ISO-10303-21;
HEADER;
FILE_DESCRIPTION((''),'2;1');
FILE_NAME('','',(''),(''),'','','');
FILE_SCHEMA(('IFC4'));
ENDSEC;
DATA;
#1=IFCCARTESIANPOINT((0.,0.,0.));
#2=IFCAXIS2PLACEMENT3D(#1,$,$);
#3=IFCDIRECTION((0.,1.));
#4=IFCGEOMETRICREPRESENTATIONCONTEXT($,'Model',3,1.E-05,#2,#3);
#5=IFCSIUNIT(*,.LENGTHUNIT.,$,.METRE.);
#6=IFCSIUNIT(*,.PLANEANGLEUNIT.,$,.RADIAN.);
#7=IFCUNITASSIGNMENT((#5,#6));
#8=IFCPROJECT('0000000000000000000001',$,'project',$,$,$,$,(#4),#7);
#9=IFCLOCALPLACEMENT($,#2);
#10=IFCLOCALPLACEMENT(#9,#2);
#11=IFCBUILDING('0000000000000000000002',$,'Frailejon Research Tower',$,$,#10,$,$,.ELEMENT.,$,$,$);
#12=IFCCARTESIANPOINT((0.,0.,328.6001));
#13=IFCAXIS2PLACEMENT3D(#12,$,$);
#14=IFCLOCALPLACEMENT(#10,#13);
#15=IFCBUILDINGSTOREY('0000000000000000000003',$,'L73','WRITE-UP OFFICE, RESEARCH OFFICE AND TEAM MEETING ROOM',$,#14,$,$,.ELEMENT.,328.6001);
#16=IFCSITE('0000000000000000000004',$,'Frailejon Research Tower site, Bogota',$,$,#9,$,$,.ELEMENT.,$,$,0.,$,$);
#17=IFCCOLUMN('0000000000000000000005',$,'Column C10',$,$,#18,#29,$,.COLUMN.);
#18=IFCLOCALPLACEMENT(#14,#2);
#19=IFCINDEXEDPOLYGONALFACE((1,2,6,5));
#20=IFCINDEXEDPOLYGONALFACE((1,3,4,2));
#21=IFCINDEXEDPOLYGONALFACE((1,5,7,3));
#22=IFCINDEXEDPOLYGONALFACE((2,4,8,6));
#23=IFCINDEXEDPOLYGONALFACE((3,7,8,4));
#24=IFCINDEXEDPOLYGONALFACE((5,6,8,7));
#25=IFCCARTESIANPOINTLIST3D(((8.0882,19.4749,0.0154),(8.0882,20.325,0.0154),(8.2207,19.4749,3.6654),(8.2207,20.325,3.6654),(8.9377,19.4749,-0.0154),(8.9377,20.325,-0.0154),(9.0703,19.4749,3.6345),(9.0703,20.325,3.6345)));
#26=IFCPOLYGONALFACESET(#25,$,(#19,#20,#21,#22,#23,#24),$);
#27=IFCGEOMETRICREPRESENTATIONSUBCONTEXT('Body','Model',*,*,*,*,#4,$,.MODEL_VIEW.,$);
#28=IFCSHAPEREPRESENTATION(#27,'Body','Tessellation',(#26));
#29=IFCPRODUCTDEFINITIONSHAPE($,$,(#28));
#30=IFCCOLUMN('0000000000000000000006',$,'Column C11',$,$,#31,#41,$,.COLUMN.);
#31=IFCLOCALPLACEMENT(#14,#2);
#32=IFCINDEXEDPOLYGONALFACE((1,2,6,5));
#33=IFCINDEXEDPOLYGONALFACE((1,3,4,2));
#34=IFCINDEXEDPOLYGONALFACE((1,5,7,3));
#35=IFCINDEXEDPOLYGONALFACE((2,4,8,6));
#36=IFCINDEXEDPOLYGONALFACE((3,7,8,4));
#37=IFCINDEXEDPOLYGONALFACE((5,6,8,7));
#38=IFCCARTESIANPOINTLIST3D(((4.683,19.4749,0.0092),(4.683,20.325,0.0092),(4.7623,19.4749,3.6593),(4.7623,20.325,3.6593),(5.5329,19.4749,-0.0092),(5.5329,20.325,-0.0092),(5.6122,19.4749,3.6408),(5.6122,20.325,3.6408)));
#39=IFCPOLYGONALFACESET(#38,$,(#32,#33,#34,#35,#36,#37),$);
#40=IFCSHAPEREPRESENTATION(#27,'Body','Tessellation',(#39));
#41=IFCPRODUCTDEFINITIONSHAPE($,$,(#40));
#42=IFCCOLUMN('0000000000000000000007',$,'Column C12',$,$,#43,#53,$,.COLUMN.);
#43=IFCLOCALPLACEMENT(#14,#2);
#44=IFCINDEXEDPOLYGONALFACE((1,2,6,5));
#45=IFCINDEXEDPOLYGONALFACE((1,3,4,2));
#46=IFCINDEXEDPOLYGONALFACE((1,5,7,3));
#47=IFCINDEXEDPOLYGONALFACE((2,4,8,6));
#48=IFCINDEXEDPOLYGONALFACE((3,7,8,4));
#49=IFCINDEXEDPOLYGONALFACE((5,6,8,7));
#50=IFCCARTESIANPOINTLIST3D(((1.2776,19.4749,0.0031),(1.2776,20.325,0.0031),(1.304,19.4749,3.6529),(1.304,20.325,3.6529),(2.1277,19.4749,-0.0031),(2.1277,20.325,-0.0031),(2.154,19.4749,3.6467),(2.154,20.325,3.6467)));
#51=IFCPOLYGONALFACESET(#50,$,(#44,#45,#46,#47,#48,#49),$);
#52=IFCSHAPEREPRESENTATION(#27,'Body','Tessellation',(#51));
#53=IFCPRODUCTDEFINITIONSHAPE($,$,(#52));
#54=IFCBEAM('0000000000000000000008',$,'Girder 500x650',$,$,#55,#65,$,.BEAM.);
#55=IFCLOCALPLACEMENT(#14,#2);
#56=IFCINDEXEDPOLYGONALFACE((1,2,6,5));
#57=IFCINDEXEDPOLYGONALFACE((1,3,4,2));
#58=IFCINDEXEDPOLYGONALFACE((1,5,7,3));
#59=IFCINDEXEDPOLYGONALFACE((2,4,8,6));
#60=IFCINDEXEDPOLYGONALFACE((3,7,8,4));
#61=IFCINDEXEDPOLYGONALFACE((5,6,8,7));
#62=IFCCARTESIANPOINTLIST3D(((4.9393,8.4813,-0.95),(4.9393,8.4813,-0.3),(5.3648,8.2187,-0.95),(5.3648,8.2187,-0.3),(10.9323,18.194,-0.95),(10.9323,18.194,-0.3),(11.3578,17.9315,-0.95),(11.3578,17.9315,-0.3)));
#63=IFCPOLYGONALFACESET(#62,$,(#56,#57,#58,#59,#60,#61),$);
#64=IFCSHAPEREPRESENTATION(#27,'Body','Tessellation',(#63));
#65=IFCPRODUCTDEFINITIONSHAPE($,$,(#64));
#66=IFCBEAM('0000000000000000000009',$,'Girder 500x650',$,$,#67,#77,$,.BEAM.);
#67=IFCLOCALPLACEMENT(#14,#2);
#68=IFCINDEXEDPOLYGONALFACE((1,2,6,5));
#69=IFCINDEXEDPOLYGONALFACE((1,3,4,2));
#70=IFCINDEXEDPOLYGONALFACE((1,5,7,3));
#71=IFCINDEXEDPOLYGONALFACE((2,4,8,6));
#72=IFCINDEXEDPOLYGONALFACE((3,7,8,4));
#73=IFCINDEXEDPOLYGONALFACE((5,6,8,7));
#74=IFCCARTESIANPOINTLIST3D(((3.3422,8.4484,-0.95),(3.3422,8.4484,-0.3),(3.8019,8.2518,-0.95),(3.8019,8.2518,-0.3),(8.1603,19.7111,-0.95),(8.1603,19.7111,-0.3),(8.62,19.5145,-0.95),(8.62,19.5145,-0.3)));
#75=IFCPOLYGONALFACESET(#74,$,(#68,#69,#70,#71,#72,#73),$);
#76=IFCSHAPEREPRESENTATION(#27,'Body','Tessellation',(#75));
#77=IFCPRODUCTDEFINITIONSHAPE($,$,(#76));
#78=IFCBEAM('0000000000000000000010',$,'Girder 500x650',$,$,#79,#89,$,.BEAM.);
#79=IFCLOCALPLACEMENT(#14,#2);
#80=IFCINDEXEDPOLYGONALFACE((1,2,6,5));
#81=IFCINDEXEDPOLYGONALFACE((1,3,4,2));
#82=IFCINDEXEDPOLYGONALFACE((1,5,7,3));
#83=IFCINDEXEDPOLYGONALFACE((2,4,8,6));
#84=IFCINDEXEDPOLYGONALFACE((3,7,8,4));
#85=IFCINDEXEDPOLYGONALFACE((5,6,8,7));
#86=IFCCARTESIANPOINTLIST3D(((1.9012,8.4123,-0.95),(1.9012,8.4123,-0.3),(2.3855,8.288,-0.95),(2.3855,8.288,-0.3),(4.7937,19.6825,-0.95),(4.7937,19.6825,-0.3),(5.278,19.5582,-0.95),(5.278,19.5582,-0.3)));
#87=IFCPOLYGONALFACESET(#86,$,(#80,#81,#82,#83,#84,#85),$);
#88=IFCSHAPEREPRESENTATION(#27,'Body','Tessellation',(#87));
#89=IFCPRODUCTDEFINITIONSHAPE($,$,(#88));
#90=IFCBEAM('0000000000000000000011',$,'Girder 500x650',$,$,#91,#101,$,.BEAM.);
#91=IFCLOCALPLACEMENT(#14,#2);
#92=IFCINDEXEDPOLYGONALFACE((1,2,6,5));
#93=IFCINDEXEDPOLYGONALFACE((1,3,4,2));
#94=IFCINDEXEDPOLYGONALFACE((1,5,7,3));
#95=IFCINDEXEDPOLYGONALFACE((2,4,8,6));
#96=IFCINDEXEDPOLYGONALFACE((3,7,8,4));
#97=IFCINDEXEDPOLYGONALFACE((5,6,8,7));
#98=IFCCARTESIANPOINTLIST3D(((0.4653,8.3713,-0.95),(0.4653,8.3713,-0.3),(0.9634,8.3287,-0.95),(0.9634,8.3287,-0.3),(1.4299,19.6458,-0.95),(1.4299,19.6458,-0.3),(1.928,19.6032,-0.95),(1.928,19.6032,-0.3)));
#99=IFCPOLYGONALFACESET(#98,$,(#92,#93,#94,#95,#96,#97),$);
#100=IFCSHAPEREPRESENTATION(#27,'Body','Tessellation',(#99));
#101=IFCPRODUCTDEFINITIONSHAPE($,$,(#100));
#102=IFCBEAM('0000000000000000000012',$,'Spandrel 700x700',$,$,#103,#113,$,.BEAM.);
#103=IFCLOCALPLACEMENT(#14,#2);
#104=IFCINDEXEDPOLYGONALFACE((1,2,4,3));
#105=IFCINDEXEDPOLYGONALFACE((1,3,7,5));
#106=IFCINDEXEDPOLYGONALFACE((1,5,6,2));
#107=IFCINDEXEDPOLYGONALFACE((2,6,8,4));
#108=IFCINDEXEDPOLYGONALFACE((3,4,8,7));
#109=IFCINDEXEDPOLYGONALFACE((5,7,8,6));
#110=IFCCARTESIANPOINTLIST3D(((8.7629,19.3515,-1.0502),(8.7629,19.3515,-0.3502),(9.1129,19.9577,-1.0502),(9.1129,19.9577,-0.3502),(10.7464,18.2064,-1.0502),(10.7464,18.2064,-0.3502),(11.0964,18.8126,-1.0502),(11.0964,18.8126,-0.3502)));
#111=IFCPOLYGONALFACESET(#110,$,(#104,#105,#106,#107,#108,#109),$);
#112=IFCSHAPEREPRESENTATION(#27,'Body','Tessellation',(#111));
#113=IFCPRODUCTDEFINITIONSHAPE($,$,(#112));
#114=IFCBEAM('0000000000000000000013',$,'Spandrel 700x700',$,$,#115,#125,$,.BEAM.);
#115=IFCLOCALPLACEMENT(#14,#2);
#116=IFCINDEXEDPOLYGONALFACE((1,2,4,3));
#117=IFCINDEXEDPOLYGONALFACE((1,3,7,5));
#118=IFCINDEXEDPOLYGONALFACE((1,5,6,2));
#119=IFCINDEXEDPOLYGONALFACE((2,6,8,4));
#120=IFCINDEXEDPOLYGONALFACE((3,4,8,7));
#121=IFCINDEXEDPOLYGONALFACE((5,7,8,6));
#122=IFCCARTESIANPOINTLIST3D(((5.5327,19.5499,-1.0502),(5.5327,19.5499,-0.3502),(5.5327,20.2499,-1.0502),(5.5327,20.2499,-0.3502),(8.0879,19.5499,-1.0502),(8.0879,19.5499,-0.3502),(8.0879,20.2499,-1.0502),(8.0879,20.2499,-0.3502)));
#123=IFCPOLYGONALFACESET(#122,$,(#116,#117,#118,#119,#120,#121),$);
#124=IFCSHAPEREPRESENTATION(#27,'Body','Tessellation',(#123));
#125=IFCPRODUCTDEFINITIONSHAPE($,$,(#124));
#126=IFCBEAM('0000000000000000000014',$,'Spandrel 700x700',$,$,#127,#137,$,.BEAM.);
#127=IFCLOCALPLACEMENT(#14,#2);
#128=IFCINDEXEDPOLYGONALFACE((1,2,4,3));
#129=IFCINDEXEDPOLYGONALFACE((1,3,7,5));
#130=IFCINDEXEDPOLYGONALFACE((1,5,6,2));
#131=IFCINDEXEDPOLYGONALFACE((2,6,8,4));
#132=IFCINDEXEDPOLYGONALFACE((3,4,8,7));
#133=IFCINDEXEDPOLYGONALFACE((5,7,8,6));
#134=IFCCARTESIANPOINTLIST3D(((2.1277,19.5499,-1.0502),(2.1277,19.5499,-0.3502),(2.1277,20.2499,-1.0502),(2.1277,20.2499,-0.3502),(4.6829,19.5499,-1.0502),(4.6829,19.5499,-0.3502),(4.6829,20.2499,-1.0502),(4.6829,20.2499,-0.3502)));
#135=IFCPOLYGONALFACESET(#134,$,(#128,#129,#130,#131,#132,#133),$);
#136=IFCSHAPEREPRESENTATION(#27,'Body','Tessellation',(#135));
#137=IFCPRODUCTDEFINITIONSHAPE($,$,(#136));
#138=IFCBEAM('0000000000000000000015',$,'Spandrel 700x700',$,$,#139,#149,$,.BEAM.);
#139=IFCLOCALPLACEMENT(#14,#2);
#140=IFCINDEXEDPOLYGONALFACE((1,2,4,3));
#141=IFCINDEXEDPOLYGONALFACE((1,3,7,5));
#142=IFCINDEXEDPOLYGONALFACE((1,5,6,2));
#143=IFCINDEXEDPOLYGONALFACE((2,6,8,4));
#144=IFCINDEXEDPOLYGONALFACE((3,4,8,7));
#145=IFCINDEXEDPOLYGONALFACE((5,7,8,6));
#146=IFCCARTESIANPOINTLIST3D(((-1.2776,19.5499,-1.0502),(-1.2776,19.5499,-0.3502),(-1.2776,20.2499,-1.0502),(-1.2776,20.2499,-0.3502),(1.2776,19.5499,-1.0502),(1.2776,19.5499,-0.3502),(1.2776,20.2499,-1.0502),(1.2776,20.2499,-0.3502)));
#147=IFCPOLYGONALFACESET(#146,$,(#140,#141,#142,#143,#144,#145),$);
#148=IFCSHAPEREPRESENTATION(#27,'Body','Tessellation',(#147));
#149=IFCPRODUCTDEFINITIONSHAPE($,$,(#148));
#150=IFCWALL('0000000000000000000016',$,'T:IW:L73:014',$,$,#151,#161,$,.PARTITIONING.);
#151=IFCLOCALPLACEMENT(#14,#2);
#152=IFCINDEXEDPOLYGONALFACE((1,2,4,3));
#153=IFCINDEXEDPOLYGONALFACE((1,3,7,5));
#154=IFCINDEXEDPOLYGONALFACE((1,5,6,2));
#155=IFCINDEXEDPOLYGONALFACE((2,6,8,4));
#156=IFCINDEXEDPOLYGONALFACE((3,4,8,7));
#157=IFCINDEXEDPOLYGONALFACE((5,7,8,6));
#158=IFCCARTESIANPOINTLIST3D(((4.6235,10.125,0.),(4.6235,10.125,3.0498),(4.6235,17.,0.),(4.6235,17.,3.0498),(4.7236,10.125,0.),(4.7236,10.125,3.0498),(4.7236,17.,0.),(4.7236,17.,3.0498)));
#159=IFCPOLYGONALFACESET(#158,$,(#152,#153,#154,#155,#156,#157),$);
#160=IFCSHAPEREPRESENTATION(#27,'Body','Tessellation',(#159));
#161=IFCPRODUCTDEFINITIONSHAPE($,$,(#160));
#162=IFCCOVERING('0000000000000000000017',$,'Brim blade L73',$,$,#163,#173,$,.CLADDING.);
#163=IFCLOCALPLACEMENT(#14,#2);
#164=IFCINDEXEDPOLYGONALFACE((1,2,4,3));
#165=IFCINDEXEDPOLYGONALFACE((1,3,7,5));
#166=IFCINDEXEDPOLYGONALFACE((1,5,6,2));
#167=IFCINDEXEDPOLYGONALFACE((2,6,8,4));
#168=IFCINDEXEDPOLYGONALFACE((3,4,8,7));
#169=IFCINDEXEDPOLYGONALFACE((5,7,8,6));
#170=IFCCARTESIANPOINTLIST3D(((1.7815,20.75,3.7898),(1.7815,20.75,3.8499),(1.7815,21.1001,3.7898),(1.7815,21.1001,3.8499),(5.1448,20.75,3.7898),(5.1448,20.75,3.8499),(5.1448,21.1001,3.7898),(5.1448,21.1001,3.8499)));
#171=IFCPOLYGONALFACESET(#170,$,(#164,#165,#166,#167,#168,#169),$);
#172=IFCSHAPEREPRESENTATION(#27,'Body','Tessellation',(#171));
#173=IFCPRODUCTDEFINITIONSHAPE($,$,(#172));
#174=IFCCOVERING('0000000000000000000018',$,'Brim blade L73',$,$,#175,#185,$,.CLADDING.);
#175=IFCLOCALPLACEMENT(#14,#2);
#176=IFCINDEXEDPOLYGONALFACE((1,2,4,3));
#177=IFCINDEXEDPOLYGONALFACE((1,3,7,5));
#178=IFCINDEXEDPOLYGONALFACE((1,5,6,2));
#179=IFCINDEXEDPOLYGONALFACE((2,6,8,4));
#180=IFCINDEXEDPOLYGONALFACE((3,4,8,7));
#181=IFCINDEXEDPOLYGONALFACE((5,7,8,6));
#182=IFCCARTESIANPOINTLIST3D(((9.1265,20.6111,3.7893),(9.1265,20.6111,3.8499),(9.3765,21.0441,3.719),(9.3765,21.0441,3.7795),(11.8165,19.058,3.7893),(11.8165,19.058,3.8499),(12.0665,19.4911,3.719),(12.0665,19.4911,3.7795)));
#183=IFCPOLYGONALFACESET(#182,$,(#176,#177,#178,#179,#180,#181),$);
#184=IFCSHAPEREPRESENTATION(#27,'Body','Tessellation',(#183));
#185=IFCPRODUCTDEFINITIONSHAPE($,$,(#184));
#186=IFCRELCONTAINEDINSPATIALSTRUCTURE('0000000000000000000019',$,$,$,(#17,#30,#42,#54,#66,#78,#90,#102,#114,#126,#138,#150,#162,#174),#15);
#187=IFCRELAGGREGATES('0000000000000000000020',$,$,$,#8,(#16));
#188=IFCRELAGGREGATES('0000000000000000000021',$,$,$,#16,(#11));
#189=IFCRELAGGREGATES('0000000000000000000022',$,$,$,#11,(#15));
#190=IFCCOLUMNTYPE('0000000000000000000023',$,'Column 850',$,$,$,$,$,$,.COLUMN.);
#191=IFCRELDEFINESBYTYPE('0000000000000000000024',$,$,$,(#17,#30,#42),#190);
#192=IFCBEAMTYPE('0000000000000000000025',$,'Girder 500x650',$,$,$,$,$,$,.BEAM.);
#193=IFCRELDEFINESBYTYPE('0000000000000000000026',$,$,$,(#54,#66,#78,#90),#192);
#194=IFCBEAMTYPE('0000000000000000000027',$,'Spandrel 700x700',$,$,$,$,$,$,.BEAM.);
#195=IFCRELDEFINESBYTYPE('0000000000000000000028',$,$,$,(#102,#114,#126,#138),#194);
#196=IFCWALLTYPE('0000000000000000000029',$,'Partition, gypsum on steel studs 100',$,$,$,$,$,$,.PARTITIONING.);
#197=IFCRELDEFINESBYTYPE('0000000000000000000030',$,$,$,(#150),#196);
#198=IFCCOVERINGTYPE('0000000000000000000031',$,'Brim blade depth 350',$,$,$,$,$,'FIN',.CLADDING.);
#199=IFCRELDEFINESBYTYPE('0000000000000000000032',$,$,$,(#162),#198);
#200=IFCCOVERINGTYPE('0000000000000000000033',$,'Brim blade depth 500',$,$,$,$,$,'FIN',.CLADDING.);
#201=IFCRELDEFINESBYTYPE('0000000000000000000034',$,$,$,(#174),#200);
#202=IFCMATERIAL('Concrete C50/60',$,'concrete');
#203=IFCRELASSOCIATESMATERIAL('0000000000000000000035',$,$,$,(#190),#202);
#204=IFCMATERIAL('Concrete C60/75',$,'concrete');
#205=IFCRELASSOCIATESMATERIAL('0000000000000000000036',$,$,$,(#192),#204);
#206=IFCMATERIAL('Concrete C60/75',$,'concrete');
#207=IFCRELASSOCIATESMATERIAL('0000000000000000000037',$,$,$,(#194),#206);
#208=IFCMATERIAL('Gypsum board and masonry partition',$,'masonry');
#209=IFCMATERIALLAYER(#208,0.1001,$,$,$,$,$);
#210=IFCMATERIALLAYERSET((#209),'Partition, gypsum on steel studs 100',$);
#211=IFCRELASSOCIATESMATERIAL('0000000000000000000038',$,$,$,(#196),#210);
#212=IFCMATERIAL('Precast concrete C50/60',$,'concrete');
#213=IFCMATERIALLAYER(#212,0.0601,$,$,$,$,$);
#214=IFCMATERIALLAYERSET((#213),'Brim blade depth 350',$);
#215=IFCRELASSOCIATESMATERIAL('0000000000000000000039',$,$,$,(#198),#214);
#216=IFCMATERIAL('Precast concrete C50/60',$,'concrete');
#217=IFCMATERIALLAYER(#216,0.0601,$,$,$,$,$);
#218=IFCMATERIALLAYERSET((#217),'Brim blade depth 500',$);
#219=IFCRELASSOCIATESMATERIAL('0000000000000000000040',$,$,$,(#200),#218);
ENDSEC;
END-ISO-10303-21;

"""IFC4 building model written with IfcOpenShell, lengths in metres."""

from ifc_helpers import new_model, si_unit, direction, frame, frame_2d, origin, origin_2d, place, context, subcontext, project, spatial, polyline, rectangle, outline, extrude, material, layer, layer_set, material_profile, profile_set, type_object, element, save


model = new_model("IFC4")

# Units and contexts
model_context = context("Model", 3, precision=1e-05, world=origin(), true_north=direction((0.0, 1.0)))
body_context = subcontext(model_context, "Body", "Model", "MODEL_VIEW")
ifc_project = project(units=[si_unit("LENGTHUNIT", "METRE"), si_unit("PLANEANGLEUNIT", "RADIAN")], contexts=[model_context])

# Site, building, storey
site_placement = place(None, origin())
site = spatial("IfcSite", under=ifc_project, at=site_placement, Name="Frailejon Research Tower site, Bogota", CompositionType="ELEMENT", RefElevation=0.0)
building_placement = place(site_placement, origin())
building = spatial("IfcBuilding", under=site, at=building_placement, Name="Frailejon Research Tower", CompositionType="ELEMENT")
storey_placement = place(building_placement, frame((0.0, 0.0, 328.6001)))
storey = spatial("IfcBuildingStorey", under=building, at=storey_placement, Name="L73", Description="WRITE-UP OFFICE, RESEARCH OFFICE AND TEAM MEETING ROOM", CompositionType="ELEMENT", Elevation=328.6001)

# Columns
ifc_material_1 = material(Name="Concrete C50/60", Category="concrete")
ifc_material_profile_1 = material_profile(ifc_material_1, rectangle(XDim=0.8501, YDim=0.8501, at=origin_2d()), Name="Column 850")
ifc_profile_set_1 = profile_set([ifc_material_profile_1], Name="Concrete C50/60")
column_type = type_object("IfcColumnType", Name="Column 850", PredefinedType="COLUMN", material=ifc_profile_set_1)
column_1_placement = place(storey_placement, frame((8.5129, 19.8999, 0.0), z_axis=(0.036297, 0.0, 0.999341), x_axis=(-0.999341, 0.0, 0.036297)))
element("IfcColumn", 1, at=column_1_placement, inside=storey, type_object=column_type, Name="Column C10", PredefinedType="COLUMN", context=body_context, shape_type="SweptSolid", body=[
    extrude(rectangle(XDim=0.8501, YDim=0.8501, at=origin_2d()), origin(), (0.0, 0.0, 1.0), 3.6523),
])
column_2_placement = place(storey_placement, frame((5.1079, 19.8999, 0.0), z_axis=(0.021734, 0.0, 0.999764), x_axis=(-0.999764, 0.0, 0.021734)))
element("IfcColumn", 2, at=column_2_placement, inside=storey, type_object=column_type, Name="Column C11", PredefinedType="COLUMN", context=body_context, shape_type="SweptSolid", body=[
    extrude(rectangle(XDim=0.8501, YDim=0.8501, at=origin_2d()), origin(), (0.0, 0.0, 1.0), 3.6509),
])
column_3_placement = place(storey_placement, frame((1.7026, 19.8999, 0.0), z_axis=(0.007224, 0.0, 0.999974), x_axis=(-0.999974, 0.0, 0.007224)))
element("IfcColumn", 3, at=column_3_placement, inside=storey, type_object=column_type, Name="Column C12", PredefinedType="COLUMN", context=body_context, shape_type="SweptSolid", body=[
    extrude(rectangle(XDim=0.8501, YDim=0.8501, at=origin_2d()), origin(), (0.0, 0.0, 1.0), 3.6499),
])

# Beams
ifc_material_2 = material(Name="Concrete C60/75", Category="concrete")
ifc_material_profile_2 = material_profile(ifc_material_2, rectangle(XDim=0.5, YDim=0.6499, at=origin_2d()), Name="Girder 500x650")
ifc_profile_set_2 = profile_set([ifc_material_profile_2], Name="Concrete C60/75")
beam_type_1 = type_object("IfcBeamType", Name="Girder 500x650", PredefinedType="BEAM", material=ifc_profile_set_2)
beam_1_placement = place(storey_placement, frame((11.145, 18.0627, -0.625), z_axis=(-0.525108, -0.851036, 0.0), x_axis=(0.851036, -0.525108, 0.0)))
element("IfcBeam", 4, at=beam_1_placement, inside=storey, type_object=beam_type_1, Name="Girder 500x650", PredefinedType="BEAM", context=body_context, shape_type="SweptSolid", body=[
    extrude(rectangle(XDim=0.5, YDim=0.6499, at=origin_2d()), origin(), (0.0, 0.0, 1.0), 11.4128),
])
beam_2_placement = place(storey_placement, frame((8.3901, 19.6128, -0.625), z_axis=(-0.393315, -0.919404, 0.0), x_axis=(0.919404, -0.393315, 0.0)))
element("IfcBeam", 5, at=beam_2_placement, inside=storey, type_object=beam_type_1, Name="Girder 500x650", PredefinedType="BEAM", context=body_context, shape_type="SweptSolid", body=[
    extrude(rectangle(XDim=0.5, YDim=0.6499, at=origin_2d()), origin(), (0.0, 0.0, 1.0), 12.25),
])
beam_3_placement = place(storey_placement, frame((5.0359, 19.6204, -0.625), z_axis=(-0.248598, -0.968607, 0.0), x_axis=(0.968607, -0.248598, 0.0)))
element("IfcBeam", 6, at=beam_3_placement, inside=storey, type_object=beam_type_1, Name="Girder 500x650", PredefinedType="BEAM", context=body_context, shape_type="SweptSolid", body=[
    extrude(rectangle(XDim=0.5, YDim=0.6499, at=origin_2d()), origin(), (0.0, 0.0, 1.0), 11.6355),
])
beam_4_placement = place(storey_placement, frame((1.679, 19.6245, -0.625), z_axis=(-0.085245, -0.99636, 0.0), x_axis=(0.99636, -0.085245, 0.0)))
element("IfcBeam", 7, at=beam_4_placement, inside=storey, type_object=beam_type_1, Name="Girder 500x650", PredefinedType="BEAM", context=body_context, shape_type="SweptSolid", body=[
    extrude(rectangle(XDim=0.5, YDim=0.6499, at=origin_2d()), origin(), (0.0, 0.0, 1.0), 11.3157),
])
ifc_material_3 = material(Name="Concrete C60/75", Category="concrete")
ifc_material_profile_3 = material_profile(ifc_material_3, rectangle(XDim=0.7, YDim=0.7, at=origin_2d()), Name="Spandrel 700x700")
ifc_profile_set_3 = profile_set([ifc_material_profile_3], Name="Concrete C60/75")
beam_type_2 = type_object("IfcBeamType", Name="Spandrel 700x700", PredefinedType="BEAM", material=ifc_profile_set_3)
beam_5_placement = place(storey_placement, frame((10.9214, 18.5095, -0.7002), z_axis=(-0.866044, 0.499969, 0.0), x_axis=(-0.499969, -0.866044, 0.0)))
element("IfcBeam", 8, at=beam_5_placement, inside=storey, type_object=beam_type_2, Name="Spandrel 700x700", PredefinedType="BEAM", context=body_context, shape_type="SweptSolid", body=[
    extrude(rectangle(XDim=0.7, YDim=0.7, at=origin_2d()), origin(), (0.0, 0.0, 1.0), 2.2903),
])
for number, where, z_axis, x_axis, name in (
    (9, (8.0879, 19.8999, -0.7002), (-1.0, 0.0, 0.0), (0.0, -1.0, 0.0), "Spandrel 700x700"),
    (10, (4.6829, 19.8999, -0.7002), (-1.0, 0.0, 0.0), (0.0, -1.0, 0.0), "Spandrel 700x700"),
    (11, (1.2776, 19.8999, -0.7002), (-1.0, 0.0, 0.0), (0.0, -1.0, 0.0), "Spandrel 700x700"),
):
    element("IfcBeam", number, at=place(storey_placement, frame(where, z_axis=z_axis, x_axis=x_axis)), inside=storey, type_object=beam_type_2, Name=name, PredefinedType="BEAM", context=body_context, shape_type="SweptSolid", body=[
        extrude(rectangle(XDim=0.7, YDim=0.7, at=origin_2d()), origin(), (0.0, 0.0, 1.0), 2.5552),
    ])

# Wall
ifc_material_4 = material(Name="Gypsum board and masonry partition", Category="masonry")
ifc_layer_1 = layer(ifc_material_4, 0.1001)
ifc_layer_set_1 = layer_set([ifc_layer_1], Name="Partition, gypsum on steel studs 100")
wall_type_1 = type_object("IfcWallType", Name="Partition, gypsum on steel studs 100", PredefinedType="PARTITIONING", material=ifc_layer_set_1)
wall_1_placement = place(storey_placement, frame((4.6736, 10.125, 0.0), z_axis=(0.0, 0.0, 1.0), x_axis=(0.0, 1.0, 0.0)))
element("IfcWall", 12, at=wall_1_placement, inside=storey, type_object=wall_type_1, Name="T:IW:L73:014", PredefinedType="PARTITIONING", context=body_context, shape_type="SweptSolid", body=[
    extrude(rectangle(XDim=6.875, YDim=0.1001, at=frame_2d((3.4375, 0.0))), origin(), (0.0, 0.0, 1.0), 3.0498),
])

# Coverings
ifc_material_5 = material(Name="Precast concrete C50/60", Category="concrete")
ifc_layer_2 = layer(ifc_material_5, 0.0601)
ifc_layer_set_2 = layer_set([ifc_layer_2], Name="Brim blade depth 350")
covering_type_1 = type_object("IfcCoveringType", Name="Brim blade depth 350", ElementType="FIN", PredefinedType="CLADDING", material=ifc_layer_set_2)
covering_1_placement = place(storey_placement, frame((1.7815, 20.75, 3.8499), z_axis=(1.0, 0.0, 0.0), x_axis=(0.0, 1.0, 0.0)))
element("IfcCovering", 13, at=covering_1_placement, inside=storey, type_object=covering_type_1, Name="Brim blade L73", PredefinedType="CLADDING", context=body_context, shape_type="SweptSolid", body=[
    extrude(outline(polyline([(0.0, -0.0601), (0.3501, -0.0601), (0.3501, 0.0), (0.0, 0.0), (0.0, -0.0601)])), origin(), (0.0, 0.0, 1.0), 3.3633),
])
ifc_material_6 = material(Name="Precast concrete C50/60", Category="concrete")
ifc_layer_3 = layer(ifc_material_6, 0.0601)
ifc_layer_set_3 = layer_set([ifc_layer_3], Name="Brim blade depth 500")
covering_type_2 = type_object("IfcCoveringType", Name="Brim blade depth 500", ElementType="FIN", PredefinedType="CLADDING", material=ifc_layer_set_3)
covering_2_placement = place(storey_placement, frame((9.1265, 20.6111, 3.8499), z_axis=(0.866035, -0.499983, 0.0), x_axis=(0.499983, 0.866035, 0.0)))
element("IfcCovering", 14, at=covering_2_placement, inside=storey, type_object=covering_type_2, Name="Brim blade L73", PredefinedType="CLADDING", context=body_context, shape_type="SweptSolid", body=[
    extrude(outline(polyline([(0.0, -0.0605), (0.5, -0.1309), (0.5, -0.0703), (0.0, 0.0), (0.0, -0.0605)])), origin(), (0.0, 0.0, 1.0), 3.1062),
])

save(model, "model.ifc")
